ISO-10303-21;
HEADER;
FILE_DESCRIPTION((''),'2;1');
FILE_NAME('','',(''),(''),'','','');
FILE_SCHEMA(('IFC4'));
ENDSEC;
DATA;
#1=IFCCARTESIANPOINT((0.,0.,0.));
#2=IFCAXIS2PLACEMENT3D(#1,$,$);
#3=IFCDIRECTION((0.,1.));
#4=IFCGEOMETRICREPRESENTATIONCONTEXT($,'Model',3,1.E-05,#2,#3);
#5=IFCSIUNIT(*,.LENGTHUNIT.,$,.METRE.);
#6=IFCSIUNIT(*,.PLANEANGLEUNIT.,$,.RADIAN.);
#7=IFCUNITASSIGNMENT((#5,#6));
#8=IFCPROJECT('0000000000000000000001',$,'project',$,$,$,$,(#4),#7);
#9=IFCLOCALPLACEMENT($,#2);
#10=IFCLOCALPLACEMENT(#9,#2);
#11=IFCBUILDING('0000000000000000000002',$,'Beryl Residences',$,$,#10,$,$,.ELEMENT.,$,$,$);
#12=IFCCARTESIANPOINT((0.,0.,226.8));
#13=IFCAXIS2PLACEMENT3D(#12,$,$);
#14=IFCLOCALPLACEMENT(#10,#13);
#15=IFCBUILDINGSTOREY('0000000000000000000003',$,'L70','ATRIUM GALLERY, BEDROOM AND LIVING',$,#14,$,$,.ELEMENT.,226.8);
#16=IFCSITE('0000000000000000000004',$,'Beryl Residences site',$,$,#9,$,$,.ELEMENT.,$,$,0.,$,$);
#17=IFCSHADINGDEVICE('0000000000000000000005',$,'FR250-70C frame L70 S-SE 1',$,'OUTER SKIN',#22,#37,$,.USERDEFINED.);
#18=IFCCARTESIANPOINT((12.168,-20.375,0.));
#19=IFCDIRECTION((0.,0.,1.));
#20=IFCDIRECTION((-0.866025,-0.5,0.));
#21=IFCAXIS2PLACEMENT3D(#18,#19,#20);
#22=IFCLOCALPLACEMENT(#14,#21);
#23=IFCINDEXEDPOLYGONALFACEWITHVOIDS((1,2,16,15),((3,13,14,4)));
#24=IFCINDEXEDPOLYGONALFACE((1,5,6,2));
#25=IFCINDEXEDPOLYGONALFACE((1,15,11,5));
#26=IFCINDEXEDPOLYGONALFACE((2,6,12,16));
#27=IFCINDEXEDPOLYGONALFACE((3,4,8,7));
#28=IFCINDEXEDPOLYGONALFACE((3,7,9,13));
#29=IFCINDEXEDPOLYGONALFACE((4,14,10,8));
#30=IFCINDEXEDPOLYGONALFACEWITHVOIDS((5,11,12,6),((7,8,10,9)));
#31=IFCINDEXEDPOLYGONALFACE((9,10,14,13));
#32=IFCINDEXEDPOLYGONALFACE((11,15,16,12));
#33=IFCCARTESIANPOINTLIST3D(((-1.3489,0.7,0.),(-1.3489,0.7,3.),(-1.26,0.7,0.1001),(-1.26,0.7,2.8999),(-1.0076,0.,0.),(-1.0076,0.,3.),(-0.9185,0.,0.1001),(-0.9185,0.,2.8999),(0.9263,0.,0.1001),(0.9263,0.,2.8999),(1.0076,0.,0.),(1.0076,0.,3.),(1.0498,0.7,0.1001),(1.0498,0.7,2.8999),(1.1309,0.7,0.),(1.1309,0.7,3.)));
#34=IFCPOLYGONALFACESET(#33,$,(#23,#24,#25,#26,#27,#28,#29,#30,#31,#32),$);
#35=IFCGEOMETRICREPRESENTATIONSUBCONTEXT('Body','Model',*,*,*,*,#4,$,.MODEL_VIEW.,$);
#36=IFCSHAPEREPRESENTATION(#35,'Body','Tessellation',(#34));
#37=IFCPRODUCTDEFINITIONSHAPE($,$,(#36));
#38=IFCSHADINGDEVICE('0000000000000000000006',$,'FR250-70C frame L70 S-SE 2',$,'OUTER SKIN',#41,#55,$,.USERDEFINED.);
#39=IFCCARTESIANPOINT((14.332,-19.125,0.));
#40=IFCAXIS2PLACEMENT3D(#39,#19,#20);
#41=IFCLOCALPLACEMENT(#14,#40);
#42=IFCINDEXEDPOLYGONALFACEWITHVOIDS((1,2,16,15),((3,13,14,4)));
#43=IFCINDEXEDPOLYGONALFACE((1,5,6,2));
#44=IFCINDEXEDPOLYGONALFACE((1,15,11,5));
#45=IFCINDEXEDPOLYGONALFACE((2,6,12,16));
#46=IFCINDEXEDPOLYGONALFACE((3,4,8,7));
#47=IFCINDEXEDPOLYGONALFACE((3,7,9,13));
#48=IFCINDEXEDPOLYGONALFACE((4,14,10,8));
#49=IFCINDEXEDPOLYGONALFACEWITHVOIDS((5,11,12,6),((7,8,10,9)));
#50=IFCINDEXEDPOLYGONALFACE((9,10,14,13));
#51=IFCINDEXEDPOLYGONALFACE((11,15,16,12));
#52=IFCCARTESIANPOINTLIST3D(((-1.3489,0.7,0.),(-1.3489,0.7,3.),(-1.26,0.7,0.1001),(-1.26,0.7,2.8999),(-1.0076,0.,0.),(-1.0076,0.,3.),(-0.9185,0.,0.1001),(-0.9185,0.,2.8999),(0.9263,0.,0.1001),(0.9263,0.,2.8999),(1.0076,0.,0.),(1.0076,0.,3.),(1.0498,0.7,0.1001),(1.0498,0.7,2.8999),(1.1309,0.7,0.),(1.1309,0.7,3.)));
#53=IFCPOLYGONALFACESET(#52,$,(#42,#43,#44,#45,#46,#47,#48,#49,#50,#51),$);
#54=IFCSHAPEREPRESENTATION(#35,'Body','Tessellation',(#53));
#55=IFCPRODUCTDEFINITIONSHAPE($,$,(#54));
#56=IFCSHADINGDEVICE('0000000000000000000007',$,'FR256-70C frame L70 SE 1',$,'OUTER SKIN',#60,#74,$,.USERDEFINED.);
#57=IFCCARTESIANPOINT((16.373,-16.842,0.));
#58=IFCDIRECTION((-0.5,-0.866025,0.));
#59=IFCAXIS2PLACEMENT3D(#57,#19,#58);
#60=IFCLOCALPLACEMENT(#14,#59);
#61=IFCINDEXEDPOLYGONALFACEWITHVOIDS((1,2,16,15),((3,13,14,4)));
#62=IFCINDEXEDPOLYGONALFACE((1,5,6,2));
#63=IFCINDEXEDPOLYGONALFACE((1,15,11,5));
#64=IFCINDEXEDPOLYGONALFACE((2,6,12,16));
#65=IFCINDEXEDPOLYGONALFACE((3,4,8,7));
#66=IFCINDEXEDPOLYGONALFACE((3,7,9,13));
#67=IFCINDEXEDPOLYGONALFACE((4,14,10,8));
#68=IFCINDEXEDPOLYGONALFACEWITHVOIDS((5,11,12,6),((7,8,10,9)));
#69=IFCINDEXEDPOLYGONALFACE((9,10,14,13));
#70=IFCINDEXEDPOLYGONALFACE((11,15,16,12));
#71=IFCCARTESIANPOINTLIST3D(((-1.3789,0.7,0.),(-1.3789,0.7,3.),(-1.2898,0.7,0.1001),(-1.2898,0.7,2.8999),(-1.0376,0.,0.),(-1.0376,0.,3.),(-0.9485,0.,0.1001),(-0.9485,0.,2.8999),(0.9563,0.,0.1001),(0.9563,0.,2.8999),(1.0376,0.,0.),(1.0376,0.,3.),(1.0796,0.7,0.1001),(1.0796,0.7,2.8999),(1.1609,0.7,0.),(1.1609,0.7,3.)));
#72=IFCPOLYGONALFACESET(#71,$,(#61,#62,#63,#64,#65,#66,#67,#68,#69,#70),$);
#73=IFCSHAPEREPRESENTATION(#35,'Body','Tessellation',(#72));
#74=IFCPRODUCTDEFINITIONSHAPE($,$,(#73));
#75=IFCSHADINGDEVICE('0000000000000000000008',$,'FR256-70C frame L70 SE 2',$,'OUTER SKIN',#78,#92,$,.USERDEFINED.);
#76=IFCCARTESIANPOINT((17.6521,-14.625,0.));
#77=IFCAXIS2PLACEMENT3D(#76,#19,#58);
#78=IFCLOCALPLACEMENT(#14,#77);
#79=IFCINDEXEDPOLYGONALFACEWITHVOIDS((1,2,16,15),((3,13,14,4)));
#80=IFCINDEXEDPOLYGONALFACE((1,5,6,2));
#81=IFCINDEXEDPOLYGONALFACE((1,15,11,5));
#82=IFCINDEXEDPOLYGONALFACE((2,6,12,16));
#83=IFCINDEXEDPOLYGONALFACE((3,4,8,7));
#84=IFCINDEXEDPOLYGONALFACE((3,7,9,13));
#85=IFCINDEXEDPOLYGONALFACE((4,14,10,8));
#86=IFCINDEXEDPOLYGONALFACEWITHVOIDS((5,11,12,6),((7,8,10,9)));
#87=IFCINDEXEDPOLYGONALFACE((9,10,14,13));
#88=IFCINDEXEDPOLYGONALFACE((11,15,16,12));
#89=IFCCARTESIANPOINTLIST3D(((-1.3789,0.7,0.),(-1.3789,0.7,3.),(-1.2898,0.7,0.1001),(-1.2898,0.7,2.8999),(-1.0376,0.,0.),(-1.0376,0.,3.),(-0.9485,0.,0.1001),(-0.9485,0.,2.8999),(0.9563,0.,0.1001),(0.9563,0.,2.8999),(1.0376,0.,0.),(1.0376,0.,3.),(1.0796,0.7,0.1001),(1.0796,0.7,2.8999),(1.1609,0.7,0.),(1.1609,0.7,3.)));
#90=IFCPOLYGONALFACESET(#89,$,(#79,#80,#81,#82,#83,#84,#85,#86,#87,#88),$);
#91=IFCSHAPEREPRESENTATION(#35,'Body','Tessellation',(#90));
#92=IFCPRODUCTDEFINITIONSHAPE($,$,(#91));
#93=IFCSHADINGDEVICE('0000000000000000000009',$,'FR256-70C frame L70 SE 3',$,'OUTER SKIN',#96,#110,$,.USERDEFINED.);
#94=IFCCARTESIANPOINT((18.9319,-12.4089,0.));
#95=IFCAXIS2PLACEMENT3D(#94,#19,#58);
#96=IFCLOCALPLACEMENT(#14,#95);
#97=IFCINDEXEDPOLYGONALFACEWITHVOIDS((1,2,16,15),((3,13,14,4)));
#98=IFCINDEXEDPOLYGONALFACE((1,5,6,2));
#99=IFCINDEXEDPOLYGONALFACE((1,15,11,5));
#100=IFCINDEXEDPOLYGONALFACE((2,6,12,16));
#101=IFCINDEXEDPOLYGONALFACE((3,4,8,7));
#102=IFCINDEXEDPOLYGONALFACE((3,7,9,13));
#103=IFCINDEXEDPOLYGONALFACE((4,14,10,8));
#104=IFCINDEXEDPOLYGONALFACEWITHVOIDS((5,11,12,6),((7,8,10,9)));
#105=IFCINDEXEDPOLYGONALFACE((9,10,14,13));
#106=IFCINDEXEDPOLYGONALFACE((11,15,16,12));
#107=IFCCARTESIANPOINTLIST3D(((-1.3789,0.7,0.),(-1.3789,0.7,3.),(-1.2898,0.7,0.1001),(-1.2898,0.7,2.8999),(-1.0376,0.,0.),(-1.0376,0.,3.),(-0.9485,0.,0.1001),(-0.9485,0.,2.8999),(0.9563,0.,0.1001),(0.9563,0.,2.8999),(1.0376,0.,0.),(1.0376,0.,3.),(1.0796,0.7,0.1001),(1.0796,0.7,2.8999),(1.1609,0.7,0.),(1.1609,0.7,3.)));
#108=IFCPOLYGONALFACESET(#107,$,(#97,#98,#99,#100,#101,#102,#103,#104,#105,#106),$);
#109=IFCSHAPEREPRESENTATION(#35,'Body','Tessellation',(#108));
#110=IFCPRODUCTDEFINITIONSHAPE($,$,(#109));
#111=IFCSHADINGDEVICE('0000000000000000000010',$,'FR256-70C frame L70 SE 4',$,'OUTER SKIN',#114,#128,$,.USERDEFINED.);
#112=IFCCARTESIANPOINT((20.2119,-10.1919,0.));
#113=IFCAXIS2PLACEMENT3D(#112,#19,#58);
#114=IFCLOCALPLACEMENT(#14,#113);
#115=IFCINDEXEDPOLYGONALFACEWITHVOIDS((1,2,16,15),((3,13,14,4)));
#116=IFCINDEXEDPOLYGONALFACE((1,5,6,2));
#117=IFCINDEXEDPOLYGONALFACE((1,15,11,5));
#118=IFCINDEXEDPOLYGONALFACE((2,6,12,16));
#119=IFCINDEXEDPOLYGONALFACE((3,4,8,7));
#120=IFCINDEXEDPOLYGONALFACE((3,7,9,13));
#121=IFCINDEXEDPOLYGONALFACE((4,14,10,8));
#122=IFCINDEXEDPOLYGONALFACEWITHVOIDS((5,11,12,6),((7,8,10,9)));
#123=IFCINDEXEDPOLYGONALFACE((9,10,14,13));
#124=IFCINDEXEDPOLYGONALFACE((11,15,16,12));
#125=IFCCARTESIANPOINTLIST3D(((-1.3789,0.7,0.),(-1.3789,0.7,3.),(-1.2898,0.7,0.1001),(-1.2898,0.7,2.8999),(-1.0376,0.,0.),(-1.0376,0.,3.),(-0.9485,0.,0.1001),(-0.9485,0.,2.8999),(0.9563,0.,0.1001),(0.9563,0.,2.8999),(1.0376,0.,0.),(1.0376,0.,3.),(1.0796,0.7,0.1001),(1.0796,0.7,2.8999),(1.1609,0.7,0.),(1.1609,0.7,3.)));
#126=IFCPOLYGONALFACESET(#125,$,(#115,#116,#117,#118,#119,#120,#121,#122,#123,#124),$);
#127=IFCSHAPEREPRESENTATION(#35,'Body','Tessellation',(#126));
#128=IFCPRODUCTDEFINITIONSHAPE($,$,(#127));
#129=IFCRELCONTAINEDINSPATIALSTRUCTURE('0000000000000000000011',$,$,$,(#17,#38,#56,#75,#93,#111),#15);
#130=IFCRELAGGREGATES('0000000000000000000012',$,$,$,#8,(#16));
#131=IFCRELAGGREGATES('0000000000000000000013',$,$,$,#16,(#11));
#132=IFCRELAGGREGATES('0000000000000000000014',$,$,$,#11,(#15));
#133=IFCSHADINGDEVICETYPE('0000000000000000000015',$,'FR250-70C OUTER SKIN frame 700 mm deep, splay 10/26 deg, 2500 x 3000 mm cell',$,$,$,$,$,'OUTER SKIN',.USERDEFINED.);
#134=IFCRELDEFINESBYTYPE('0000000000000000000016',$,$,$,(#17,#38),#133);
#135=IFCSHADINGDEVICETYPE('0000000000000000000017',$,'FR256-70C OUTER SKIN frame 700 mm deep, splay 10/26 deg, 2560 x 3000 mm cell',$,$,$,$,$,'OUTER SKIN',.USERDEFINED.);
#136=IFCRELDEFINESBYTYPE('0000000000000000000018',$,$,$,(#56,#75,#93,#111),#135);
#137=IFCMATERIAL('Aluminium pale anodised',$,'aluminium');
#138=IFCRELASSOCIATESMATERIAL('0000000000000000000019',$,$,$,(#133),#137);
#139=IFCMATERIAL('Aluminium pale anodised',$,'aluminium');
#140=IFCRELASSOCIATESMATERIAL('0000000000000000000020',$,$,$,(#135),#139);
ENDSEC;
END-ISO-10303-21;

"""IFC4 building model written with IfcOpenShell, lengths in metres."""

from ifc_helpers import new_model, entity, si_unit, direction, frame, origin, place, context, subcontext, project, spatial, source, transform, mapped, material, type_object, type_shapes, element, save


model = new_model("IFC4")

# Units and contexts
model_context = context("Model", 3, precision=1e-05, world=origin(), true_north=direction((0.0, 1.0)))
body_context = subcontext(model_context, "Body", "Model", "MODEL_VIEW")
ifc_project = project(units=[si_unit("LENGTHUNIT", "METRE"), si_unit("PLANEANGLEUNIT", "RADIAN")], contexts=[model_context])

# Site, building, storey
site_placement = place(None, origin())
site = spatial("IfcSite", under=ifc_project, at=site_placement, Name="Beryl Residences site", CompositionType="ELEMENT", RefElevation=0.0)
building_placement = place(site_placement, origin())
building = spatial("IfcBuilding", under=site, at=building_placement, Name="Beryl Residences", CompositionType="ELEMENT")
storey_placement = place(building_placement, frame((0.0, 0.0, 226.8)))
storey = spatial("IfcBuildingStorey", under=building, at=storey_placement, Name="L70", Description="ATRIUM GALLERY, BEDROOM AND LIVING", CompositionType="ELEMENT", Elevation=226.8)

# Shading devices
ifc_material_1 = material(Name="Aluminium pale anodised", Category="aluminium")
shading_device_type_1 = type_object("IfcShadingDeviceType", Name="FR250-70C OUTER SKIN frame 700 mm deep, splay 10/26 deg, 2500 x 3000 mm cell", ElementType="OUTER SKIN", PredefinedType="USERDEFINED", material=ifc_material_1)
cartesian_point_1 = entity("IfcCartesianPoint", [-1.0076, 0.0])
cartesian_point_2 = entity("IfcCartesianPoint", [-0.9263, 0.1001])
cartesian_point_3 = entity("IfcCartesianPoint", [-1.1309, 0.0])
cartesian_point_4 = entity("IfcCartesianPoint", [-1.0498, 0.1001])
shared_shape_1 = source(origin(), body_context, "Body", "SweptSolid", [
    entity("IfcExtrudedAreaSolidTapered", entity("IfcArbitraryProfileDefWithVoids", "AREA", None, entity("IfcPolyline", [cartesian_point_1, entity("IfcCartesianPoint", [1.0076, 0.0]), entity("IfcCartesianPoint", [1.0076, 3.0]), entity("IfcCartesianPoint", [-1.0076, 3.0]), cartesian_point_1]), [entity("IfcPolyline", [cartesian_point_2, entity("IfcCartesianPoint", [0.9185, 0.1001]), entity("IfcCartesianPoint", [0.9185, 2.8999]), entity("IfcCartesianPoint", [-0.9263, 2.8999]), cartesian_point_2])]), entity("IfcAxis2Placement3D", entity("IfcCartesianPoint", [0.0, 0.0, 0.0]), entity("IfcDirection", [0.0, 1.0, 0.0]), entity("IfcDirection", [-1.0, 0.0, 0.0])), entity("IfcDirection", [0.0, 0.0, 1.0]), 0.7, entity("IfcArbitraryProfileDefWithVoids", "AREA", None, entity("IfcPolyline", [cartesian_point_3, entity("IfcCartesianPoint", [1.3489, 0.0]), entity("IfcCartesianPoint", [1.3489, 3.0]), entity("IfcCartesianPoint", [-1.1309, 3.0]), cartesian_point_3]), [entity("IfcPolyline", [cartesian_point_4, entity("IfcCartesianPoint", [1.26, 0.1001]), entity("IfcCartesianPoint", [1.26, 2.8999]), entity("IfcCartesianPoint", [-1.0498, 2.8999]), cartesian_point_4])])),
])
type_shapes(shading_device_type_1, [shared_shape_1])
for number, where, z_axis, x_axis, name in (
    (1, (12.168, -20.375, 0.0), (0.0, 0.0, 1.0), (-0.866025, -0.5, 0.0), "FR250-70C frame L70 S-SE 1"),
    (2, (14.332, -19.125, 0.0), (0.0, 0.0, 1.0), (-0.866025, -0.5, 0.0), "FR250-70C frame L70 S-SE 2"),
):
    element("IfcShadingDevice", number, at=place(storey_placement, frame(where, z_axis=z_axis, x_axis=x_axis)), inside=storey, type_object=shading_device_type_1, Name=name, ObjectType="OUTER SKIN", PredefinedType="USERDEFINED", context=body_context, shape_type="MappedRepresentation", body=[
        mapped(shared_shape_1, transform((0.0, 0.0, 0.0))),
    ])
ifc_material_2 = material(Name="Aluminium pale anodised", Category="aluminium")
shading_device_type_2 = type_object("IfcShadingDeviceType", Name="FR256-70C OUTER SKIN frame 700 mm deep, splay 10/26 deg, 2560 x 3000 mm cell", ElementType="OUTER SKIN", PredefinedType="USERDEFINED", material=ifc_material_2)
cartesian_point_5 = entity("IfcCartesianPoint", [-1.0376, 0.0])
cartesian_point_6 = entity("IfcCartesianPoint", [-0.9563, 0.1001])
cartesian_point_7 = entity("IfcCartesianPoint", [-1.1609, 0.0])
cartesian_point_8 = entity("IfcCartesianPoint", [-1.0796, 0.1001])
shared_shape_2 = source(origin(), body_context, "Body", "SweptSolid", [
    entity("IfcExtrudedAreaSolidTapered", entity("IfcArbitraryProfileDefWithVoids", "AREA", None, entity("IfcPolyline", [cartesian_point_5, entity("IfcCartesianPoint", [1.0376, 0.0]), entity("IfcCartesianPoint", [1.0376, 3.0]), entity("IfcCartesianPoint", [-1.0376, 3.0]), cartesian_point_5]), [entity("IfcPolyline", [cartesian_point_6, entity("IfcCartesianPoint", [0.9485, 0.1001]), entity("IfcCartesianPoint", [0.9485, 2.8999]), entity("IfcCartesianPoint", [-0.9563, 2.8999]), cartesian_point_6])]), entity("IfcAxis2Placement3D", entity("IfcCartesianPoint", [0.0, 0.0, 0.0]), entity("IfcDirection", [0.0, 1.0, 0.0]), entity("IfcDirection", [-1.0, 0.0, 0.0])), entity("IfcDirection", [0.0, 0.0, 1.0]), 0.7, entity("IfcArbitraryProfileDefWithVoids", "AREA", None, entity("IfcPolyline", [cartesian_point_7, entity("IfcCartesianPoint", [1.3789, 0.0]), entity("IfcCartesianPoint", [1.3789, 3.0]), entity("IfcCartesianPoint", [-1.1609, 3.0]), cartesian_point_7]), [entity("IfcPolyline", [cartesian_point_8, entity("IfcCartesianPoint", [1.2898, 0.1001]), entity("IfcCartesianPoint", [1.2898, 2.8999]), entity("IfcCartesianPoint", [-1.0796, 2.8999]), cartesian_point_8])])),
])
type_shapes(shading_device_type_2, [shared_shape_2])
for number, where, z_axis, x_axis, name in (
    (3, (16.373, -16.842, 0.0), (0.0, 0.0, 1.0), (-0.5, -0.866025, 0.0), "FR256-70C frame L70 SE 1"),
    (4, (17.6521, -14.625, 0.0), (0.0, 0.0, 1.0), (-0.5, -0.866025, 0.0), "FR256-70C frame L70 SE 2"),
    (5, (18.9319, -12.4089, 0.0), (0.0, 0.0, 1.0), (-0.5, -0.866025, 0.0), "FR256-70C frame L70 SE 3"),
    (6, (20.2119, -10.1919, 0.0), (0.0, 0.0, 1.0), (-0.5, -0.866025, 0.0), "FR256-70C frame L70 SE 4"),
):
    element("IfcShadingDevice", number, at=place(storey_placement, frame(where, z_axis=z_axis, x_axis=x_axis)), inside=storey, type_object=shading_device_type_2, Name=name, ObjectType="OUTER SKIN", PredefinedType="USERDEFINED", context=body_context, shape_type="MappedRepresentation", body=[
        mapped(shared_shape_2, transform((0.0, 0.0, 0.0))),
    ])

save(model, "model.ifc")
